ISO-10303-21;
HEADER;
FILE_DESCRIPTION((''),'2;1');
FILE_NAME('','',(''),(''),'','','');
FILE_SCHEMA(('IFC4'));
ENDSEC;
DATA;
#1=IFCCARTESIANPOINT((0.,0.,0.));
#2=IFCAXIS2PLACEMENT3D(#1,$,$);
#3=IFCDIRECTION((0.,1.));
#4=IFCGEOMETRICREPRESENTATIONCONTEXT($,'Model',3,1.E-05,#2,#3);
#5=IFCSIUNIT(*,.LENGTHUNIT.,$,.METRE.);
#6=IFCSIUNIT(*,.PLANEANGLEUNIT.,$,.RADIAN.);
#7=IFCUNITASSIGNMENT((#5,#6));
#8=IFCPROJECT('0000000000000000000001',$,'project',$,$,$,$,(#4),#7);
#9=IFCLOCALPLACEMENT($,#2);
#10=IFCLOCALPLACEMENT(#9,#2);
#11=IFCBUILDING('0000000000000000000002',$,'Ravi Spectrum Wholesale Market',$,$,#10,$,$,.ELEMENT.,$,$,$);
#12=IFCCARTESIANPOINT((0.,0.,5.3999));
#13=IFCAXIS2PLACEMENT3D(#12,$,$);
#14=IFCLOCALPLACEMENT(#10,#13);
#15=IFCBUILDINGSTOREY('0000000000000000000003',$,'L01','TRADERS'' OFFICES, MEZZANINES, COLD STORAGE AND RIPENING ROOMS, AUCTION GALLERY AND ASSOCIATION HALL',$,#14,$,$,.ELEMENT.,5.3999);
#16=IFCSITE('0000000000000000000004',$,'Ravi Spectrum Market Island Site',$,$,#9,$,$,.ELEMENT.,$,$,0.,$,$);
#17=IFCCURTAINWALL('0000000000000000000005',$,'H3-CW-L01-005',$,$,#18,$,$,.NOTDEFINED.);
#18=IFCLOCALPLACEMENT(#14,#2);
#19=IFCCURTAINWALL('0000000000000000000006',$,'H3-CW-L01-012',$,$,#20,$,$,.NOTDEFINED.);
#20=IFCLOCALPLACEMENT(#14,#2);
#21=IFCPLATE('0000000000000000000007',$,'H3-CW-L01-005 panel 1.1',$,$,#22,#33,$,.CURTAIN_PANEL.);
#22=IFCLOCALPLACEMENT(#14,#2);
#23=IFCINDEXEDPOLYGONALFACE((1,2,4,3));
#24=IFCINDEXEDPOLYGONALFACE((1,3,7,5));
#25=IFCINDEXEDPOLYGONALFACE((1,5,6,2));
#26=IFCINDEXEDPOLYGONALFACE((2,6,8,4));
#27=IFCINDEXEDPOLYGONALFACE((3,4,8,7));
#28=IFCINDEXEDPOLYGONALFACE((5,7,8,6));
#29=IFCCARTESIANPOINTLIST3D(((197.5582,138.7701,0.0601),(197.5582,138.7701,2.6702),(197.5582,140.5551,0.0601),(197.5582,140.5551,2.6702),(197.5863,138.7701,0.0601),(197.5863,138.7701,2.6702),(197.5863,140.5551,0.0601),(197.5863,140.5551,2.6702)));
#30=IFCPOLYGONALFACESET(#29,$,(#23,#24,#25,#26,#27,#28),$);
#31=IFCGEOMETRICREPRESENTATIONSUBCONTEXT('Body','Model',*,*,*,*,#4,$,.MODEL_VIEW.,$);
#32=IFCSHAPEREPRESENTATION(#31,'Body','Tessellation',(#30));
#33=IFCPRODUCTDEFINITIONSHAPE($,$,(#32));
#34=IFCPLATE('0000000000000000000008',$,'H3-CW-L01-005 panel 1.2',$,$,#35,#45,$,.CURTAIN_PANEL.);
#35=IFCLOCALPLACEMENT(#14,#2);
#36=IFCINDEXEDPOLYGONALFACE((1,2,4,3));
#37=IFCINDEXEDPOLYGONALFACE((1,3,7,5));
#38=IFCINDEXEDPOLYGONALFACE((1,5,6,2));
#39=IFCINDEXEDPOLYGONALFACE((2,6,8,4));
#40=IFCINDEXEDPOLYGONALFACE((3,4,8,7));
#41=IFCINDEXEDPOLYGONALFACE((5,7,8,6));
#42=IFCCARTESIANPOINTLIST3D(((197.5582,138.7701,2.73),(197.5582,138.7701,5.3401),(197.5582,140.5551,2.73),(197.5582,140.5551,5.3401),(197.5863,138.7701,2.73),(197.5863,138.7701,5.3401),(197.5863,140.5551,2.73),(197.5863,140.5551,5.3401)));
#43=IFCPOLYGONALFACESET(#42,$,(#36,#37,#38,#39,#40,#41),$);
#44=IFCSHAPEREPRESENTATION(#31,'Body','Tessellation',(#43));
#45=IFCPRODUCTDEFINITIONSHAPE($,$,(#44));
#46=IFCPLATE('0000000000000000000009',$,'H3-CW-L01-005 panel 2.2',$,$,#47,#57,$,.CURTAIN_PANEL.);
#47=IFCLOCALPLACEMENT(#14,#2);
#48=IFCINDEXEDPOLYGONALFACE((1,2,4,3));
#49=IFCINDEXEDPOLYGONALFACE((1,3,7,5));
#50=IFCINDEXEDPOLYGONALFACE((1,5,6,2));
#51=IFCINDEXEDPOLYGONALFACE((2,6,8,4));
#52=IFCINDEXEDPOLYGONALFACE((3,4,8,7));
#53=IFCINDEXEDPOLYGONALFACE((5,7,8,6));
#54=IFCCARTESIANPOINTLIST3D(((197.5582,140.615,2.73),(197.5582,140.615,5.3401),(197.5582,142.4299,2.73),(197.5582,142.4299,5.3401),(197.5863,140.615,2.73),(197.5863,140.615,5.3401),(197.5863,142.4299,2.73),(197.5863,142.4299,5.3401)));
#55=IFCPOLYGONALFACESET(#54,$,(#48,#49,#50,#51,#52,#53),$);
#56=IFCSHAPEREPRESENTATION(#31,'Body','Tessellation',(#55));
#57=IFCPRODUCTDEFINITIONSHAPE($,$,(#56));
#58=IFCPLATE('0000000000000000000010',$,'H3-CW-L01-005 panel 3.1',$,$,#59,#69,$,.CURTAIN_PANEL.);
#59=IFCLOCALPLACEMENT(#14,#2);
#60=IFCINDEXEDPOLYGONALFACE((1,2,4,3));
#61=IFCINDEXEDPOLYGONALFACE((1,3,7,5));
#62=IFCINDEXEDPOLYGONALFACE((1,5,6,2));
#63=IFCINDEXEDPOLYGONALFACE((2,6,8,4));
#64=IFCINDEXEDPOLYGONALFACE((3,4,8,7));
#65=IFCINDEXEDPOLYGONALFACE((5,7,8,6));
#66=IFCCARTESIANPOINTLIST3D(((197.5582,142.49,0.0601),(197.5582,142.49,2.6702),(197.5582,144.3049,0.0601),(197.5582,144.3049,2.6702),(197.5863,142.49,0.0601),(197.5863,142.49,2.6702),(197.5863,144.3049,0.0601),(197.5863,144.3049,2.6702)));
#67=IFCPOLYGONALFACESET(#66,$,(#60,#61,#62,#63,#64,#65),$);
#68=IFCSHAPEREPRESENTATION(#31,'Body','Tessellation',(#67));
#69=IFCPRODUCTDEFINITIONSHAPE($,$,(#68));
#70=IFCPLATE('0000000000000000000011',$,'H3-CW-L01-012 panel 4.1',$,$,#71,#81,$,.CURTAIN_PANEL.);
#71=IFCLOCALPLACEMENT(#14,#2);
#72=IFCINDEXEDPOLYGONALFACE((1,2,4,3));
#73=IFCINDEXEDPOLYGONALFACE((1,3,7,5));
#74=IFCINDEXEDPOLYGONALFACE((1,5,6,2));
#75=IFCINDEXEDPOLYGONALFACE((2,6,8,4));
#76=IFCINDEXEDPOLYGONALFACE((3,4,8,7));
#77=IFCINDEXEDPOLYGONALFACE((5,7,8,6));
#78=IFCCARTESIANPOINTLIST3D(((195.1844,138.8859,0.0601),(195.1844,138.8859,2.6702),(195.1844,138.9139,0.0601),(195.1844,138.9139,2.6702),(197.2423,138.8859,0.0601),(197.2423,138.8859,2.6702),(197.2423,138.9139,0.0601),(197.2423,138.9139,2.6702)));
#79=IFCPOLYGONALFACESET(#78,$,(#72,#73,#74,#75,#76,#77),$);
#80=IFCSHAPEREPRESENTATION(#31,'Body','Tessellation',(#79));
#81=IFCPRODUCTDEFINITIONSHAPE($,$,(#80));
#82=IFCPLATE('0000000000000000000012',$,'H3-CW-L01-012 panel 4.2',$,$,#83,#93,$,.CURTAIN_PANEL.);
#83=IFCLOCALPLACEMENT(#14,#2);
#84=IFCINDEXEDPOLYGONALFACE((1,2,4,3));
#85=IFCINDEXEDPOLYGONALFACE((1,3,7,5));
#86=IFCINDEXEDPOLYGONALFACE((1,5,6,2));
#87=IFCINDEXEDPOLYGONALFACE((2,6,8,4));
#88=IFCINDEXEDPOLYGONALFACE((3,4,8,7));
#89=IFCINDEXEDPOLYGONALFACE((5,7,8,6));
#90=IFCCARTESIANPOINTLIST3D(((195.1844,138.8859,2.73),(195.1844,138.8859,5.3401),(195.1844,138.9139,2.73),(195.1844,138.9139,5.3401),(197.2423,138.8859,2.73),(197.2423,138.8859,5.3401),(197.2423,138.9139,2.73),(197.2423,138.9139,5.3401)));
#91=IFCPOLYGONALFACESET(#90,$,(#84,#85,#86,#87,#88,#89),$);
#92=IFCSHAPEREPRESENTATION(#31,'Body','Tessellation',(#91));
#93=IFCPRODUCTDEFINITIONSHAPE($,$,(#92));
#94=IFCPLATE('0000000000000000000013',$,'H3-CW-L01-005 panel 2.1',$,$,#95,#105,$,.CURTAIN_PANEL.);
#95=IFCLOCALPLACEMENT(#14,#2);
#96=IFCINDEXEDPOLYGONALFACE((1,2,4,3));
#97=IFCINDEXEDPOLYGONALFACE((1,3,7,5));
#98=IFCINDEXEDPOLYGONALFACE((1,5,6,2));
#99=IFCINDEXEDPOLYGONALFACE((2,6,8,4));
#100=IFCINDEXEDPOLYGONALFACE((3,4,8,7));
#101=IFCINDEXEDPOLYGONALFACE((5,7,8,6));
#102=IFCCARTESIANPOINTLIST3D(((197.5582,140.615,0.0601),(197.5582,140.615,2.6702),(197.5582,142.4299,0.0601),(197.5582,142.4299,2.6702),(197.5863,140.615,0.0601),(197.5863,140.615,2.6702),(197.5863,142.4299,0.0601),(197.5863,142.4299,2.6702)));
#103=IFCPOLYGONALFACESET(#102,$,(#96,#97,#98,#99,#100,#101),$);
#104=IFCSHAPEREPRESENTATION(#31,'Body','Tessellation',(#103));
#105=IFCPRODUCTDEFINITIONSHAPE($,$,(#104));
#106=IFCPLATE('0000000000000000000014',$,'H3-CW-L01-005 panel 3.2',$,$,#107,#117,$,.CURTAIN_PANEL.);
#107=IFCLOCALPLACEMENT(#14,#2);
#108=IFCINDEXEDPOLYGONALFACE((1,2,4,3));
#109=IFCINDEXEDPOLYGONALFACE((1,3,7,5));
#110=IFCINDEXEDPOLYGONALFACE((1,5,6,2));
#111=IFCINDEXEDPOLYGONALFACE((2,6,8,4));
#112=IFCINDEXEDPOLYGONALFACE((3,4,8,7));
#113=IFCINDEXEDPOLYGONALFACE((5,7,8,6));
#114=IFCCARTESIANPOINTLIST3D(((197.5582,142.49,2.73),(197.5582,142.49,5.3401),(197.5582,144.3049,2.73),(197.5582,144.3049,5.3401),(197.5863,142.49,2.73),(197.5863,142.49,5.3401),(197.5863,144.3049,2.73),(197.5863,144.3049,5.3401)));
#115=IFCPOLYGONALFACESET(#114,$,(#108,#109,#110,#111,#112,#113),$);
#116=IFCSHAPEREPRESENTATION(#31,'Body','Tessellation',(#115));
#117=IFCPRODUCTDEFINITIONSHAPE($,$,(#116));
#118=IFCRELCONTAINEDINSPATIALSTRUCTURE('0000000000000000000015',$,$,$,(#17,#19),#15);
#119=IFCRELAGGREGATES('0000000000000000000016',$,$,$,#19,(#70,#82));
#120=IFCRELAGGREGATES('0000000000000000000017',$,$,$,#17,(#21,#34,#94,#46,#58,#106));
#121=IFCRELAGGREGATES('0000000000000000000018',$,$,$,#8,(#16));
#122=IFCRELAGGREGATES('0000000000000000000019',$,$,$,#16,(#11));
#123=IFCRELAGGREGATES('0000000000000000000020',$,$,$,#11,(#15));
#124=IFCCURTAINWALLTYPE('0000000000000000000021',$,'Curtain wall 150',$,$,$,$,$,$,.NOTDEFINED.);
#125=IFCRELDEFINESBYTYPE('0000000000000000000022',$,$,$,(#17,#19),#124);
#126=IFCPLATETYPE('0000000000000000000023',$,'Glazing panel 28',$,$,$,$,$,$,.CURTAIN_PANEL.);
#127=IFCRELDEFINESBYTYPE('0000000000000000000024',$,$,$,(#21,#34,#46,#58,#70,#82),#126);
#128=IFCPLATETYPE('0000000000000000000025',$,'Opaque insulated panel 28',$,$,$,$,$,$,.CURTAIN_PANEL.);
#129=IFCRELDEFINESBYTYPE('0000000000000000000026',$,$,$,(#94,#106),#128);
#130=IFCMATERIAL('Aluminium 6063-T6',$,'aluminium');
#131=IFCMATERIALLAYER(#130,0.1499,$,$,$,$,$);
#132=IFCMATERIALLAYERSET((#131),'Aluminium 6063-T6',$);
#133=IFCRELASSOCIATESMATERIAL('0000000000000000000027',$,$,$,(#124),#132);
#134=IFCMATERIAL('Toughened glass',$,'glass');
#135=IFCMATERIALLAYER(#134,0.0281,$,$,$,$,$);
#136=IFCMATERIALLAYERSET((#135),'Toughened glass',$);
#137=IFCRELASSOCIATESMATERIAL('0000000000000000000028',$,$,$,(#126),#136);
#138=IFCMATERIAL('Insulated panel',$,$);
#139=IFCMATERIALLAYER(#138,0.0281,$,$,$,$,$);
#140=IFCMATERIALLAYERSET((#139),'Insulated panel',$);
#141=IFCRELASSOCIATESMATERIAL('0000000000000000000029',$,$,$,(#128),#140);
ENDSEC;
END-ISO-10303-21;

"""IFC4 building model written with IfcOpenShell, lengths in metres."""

from ifc_helpers import new_model, si_unit, direction, frame, origin, origin_2d, place, context, subcontext, project, spatial, rectangle, extrude, material, layer, layer_set, type_object, element, aggregate, save


model = new_model("IFC4")

# Units and contexts
model_context = context("Model", 3, precision=1e-05, world=origin(), true_north=direction((0.0, 1.0)))
body_context = subcontext(model_context, "Body", "Model", "MODEL_VIEW")
ifc_project = project(units=[si_unit("LENGTHUNIT", "METRE"), si_unit("PLANEANGLEUNIT", "RADIAN")], contexts=[model_context])

# Site, building, storey
site_placement = place(None, origin())
site = spatial("IfcSite", under=ifc_project, at=site_placement, Name="Ravi Spectrum Market Island Site", CompositionType="ELEMENT", RefElevation=0.0)
building_placement = place(site_placement, origin())
building = spatial("IfcBuilding", under=site, at=building_placement, Name="Ravi Spectrum Wholesale Market", CompositionType="ELEMENT")
storey_placement = place(building_placement, frame((0.0, 0.0, 5.3999)))
storey = spatial("IfcBuildingStorey", under=building, at=storey_placement, Name="L01", Description="TRADERS' OFFICES, MEZZANINES, COLD STORAGE AND RIPENING ROOMS, AUCTION GALLERY AND ASSOCIATION HALL", CompositionType="ELEMENT", Elevation=5.3999)

# Curtain wall
ifc_material_1 = material(Name="Aluminium 6063-T6", Category="aluminium")
ifc_layer_1 = layer(ifc_material_1, 0.1499)
ifc_layer_set_1 = layer_set([ifc_layer_1], Name="Aluminium 6063-T6")
curtain_wall_type = type_object("IfcCurtainWallType", Name="Curtain wall 150", PredefinedType="NOTDEFINED", material=ifc_layer_set_1)
curtain_wall_1_placement = place(storey_placement, origin())
curtain_wall_1 = element("IfcCurtainWall", 1, at=curtain_wall_1_placement, inside=storey, type_object=curtain_wall_type, Name="H3-CW-L01-005", PredefinedType="NOTDEFINED")

# Curtain wall
curtain_wall_2_placement = place(storey_placement, origin())
curtain_wall_2 = element("IfcCurtainWall", 2, at=curtain_wall_2_placement, inside=storey, type_object=curtain_wall_type, Name="H3-CW-L01-012", PredefinedType="NOTDEFINED")

# Plates
ifc_material_2 = material(Name="Toughened glass", Category="glass")
ifc_layer_2 = layer(ifc_material_2, 0.0281)
ifc_layer_set_2 = layer_set([ifc_layer_2], Name="Toughened glass")
plate_type_1 = type_object("IfcPlateType", Name="Glazing panel 28", PredefinedType="CURTAIN_PANEL", material=ifc_layer_set_2)
plate_1_placement = place(storey_placement, frame((197.5723, 139.6626, 0.0601), z_axis=(0.0, 0.0, 1.0), x_axis=(0.0, 1.0, 0.0)))
plate_1 = element("IfcPlate", 3, at=plate_1_placement, type_object=plate_type_1, Name="H3-CW-L01-005 panel 1.1", PredefinedType="CURTAIN_PANEL", context=body_context, shape_type="SweptSolid", body=[
    extrude(rectangle(XDim=1.7849, YDim=0.0281, at=origin_2d()), origin(), (0.0, 0.0, 1.0), 2.6101),
])
plate_2_placement = place(storey_placement, frame((197.5723, 139.6626, 2.73), z_axis=(0.0, 0.0, 1.0), x_axis=(0.0, 1.0, 0.0)))
plate_2 = element("IfcPlate", 4, at=plate_2_placement, type_object=plate_type_1, Name="H3-CW-L01-005 panel 1.2", PredefinedType="CURTAIN_PANEL", context=body_context, shape_type="SweptSolid", body=[
    extrude(rectangle(XDim=1.7849, YDim=0.0281, at=origin_2d()), origin(), (0.0, 0.0, 1.0), 2.6101),
])
plate_3_placement = place(storey_placement, frame((197.5723, 141.5225, 2.73), z_axis=(0.0, 0.0, 1.0), x_axis=(0.0, 1.0, 0.0)))
plate_3 = element("IfcPlate", 5, at=plate_3_placement, type_object=plate_type_1, Name="H3-CW-L01-005 panel 2.2", PredefinedType="CURTAIN_PANEL", context=body_context, shape_type="SweptSolid", body=[
    extrude(rectangle(XDim=1.8149, YDim=0.0281, at=origin_2d()), origin(), (0.0, 0.0, 1.0), 2.6101),
])
plate_4_placement = place(storey_placement, frame((197.5723, 143.3975, 0.0601), z_axis=(0.0, 0.0, 1.0), x_axis=(0.0, 1.0, 0.0)))
plate_4 = element("IfcPlate", 6, at=plate_4_placement, type_object=plate_type_1, Name="H3-CW-L01-005 panel 3.1", PredefinedType="CURTAIN_PANEL", context=body_context, shape_type="SweptSolid", body=[
    extrude(rectangle(XDim=1.8149, YDim=0.0281, at=origin_2d()), origin(), (0.0, 0.0, 1.0), 2.6101),
])
plate_5_placement = place(storey_placement, frame((196.2134, 138.8999, 0.0601), z_axis=(0.0, 0.0, 1.0), x_axis=(1.0, 0.0, 0.0)))
plate_5 = element("IfcPlate", 7, at=plate_5_placement, type_object=plate_type_1, Name="H3-CW-L01-012 panel 4.1", PredefinedType="CURTAIN_PANEL", context=body_context, shape_type="SweptSolid", body=[
    extrude(rectangle(XDim=2.0579, YDim=0.0281, at=origin_2d()), origin(), (0.0, 0.0, 1.0), 2.6101),
])
plate_6_placement = place(storey_placement, frame((196.2134, 138.8999, 2.73), z_axis=(0.0, 0.0, 1.0), x_axis=(1.0, 0.0, 0.0)))
plate_6 = element("IfcPlate", 8, at=plate_6_placement, type_object=plate_type_1, Name="H3-CW-L01-012 panel 4.2", PredefinedType="CURTAIN_PANEL", context=body_context, shape_type="SweptSolid", body=[
    extrude(rectangle(XDim=2.0579, YDim=0.0281, at=origin_2d()), origin(), (0.0, 0.0, 1.0), 2.6101),
])
aggregate(curtain_wall_2, [plate_5, plate_6])
ifc_material_3 = material(Name="Insulated panel")
ifc_layer_3 = layer(ifc_material_3, 0.0281)
ifc_layer_set_3 = layer_set([ifc_layer_3], Name="Insulated panel")
plate_type_2 = type_object("IfcPlateType", Name="Opaque insulated panel 28", PredefinedType="CURTAIN_PANEL", material=ifc_layer_set_3)
plate_7_placement = place(storey_placement, frame((197.5723, 141.5225, 0.0601), z_axis=(0.0, 0.0, 1.0), x_axis=(0.0, 1.0, 0.0)))
plate_7 = element("IfcPlate", 9, at=plate_7_placement, type_object=plate_type_2, Name="H3-CW-L01-005 panel 2.1", PredefinedType="CURTAIN_PANEL", context=body_context, shape_type="SweptSolid", body=[
    extrude(rectangle(XDim=1.8149, YDim=0.0281, at=origin_2d()), origin(), (0.0, 0.0, 1.0), 2.6101),
])
plate_8_placement = place(storey_placement, frame((197.5723, 143.3975, 2.73), z_axis=(0.0, 0.0, 1.0), x_axis=(0.0, 1.0, 0.0)))
plate_8 = element("IfcPlate", 10, at=plate_8_placement, type_object=plate_type_2, Name="H3-CW-L01-005 panel 3.2", PredefinedType="CURTAIN_PANEL", context=body_context, shape_type="SweptSolid", body=[
    extrude(rectangle(XDim=1.8149, YDim=0.0281, at=origin_2d()), origin(), (0.0, 0.0, 1.0), 2.6101),
])
aggregate(curtain_wall_1, [plate_1, plate_2, plate_7, plate_3, plate_4, plate_8])

save(model, "model.ifc")
